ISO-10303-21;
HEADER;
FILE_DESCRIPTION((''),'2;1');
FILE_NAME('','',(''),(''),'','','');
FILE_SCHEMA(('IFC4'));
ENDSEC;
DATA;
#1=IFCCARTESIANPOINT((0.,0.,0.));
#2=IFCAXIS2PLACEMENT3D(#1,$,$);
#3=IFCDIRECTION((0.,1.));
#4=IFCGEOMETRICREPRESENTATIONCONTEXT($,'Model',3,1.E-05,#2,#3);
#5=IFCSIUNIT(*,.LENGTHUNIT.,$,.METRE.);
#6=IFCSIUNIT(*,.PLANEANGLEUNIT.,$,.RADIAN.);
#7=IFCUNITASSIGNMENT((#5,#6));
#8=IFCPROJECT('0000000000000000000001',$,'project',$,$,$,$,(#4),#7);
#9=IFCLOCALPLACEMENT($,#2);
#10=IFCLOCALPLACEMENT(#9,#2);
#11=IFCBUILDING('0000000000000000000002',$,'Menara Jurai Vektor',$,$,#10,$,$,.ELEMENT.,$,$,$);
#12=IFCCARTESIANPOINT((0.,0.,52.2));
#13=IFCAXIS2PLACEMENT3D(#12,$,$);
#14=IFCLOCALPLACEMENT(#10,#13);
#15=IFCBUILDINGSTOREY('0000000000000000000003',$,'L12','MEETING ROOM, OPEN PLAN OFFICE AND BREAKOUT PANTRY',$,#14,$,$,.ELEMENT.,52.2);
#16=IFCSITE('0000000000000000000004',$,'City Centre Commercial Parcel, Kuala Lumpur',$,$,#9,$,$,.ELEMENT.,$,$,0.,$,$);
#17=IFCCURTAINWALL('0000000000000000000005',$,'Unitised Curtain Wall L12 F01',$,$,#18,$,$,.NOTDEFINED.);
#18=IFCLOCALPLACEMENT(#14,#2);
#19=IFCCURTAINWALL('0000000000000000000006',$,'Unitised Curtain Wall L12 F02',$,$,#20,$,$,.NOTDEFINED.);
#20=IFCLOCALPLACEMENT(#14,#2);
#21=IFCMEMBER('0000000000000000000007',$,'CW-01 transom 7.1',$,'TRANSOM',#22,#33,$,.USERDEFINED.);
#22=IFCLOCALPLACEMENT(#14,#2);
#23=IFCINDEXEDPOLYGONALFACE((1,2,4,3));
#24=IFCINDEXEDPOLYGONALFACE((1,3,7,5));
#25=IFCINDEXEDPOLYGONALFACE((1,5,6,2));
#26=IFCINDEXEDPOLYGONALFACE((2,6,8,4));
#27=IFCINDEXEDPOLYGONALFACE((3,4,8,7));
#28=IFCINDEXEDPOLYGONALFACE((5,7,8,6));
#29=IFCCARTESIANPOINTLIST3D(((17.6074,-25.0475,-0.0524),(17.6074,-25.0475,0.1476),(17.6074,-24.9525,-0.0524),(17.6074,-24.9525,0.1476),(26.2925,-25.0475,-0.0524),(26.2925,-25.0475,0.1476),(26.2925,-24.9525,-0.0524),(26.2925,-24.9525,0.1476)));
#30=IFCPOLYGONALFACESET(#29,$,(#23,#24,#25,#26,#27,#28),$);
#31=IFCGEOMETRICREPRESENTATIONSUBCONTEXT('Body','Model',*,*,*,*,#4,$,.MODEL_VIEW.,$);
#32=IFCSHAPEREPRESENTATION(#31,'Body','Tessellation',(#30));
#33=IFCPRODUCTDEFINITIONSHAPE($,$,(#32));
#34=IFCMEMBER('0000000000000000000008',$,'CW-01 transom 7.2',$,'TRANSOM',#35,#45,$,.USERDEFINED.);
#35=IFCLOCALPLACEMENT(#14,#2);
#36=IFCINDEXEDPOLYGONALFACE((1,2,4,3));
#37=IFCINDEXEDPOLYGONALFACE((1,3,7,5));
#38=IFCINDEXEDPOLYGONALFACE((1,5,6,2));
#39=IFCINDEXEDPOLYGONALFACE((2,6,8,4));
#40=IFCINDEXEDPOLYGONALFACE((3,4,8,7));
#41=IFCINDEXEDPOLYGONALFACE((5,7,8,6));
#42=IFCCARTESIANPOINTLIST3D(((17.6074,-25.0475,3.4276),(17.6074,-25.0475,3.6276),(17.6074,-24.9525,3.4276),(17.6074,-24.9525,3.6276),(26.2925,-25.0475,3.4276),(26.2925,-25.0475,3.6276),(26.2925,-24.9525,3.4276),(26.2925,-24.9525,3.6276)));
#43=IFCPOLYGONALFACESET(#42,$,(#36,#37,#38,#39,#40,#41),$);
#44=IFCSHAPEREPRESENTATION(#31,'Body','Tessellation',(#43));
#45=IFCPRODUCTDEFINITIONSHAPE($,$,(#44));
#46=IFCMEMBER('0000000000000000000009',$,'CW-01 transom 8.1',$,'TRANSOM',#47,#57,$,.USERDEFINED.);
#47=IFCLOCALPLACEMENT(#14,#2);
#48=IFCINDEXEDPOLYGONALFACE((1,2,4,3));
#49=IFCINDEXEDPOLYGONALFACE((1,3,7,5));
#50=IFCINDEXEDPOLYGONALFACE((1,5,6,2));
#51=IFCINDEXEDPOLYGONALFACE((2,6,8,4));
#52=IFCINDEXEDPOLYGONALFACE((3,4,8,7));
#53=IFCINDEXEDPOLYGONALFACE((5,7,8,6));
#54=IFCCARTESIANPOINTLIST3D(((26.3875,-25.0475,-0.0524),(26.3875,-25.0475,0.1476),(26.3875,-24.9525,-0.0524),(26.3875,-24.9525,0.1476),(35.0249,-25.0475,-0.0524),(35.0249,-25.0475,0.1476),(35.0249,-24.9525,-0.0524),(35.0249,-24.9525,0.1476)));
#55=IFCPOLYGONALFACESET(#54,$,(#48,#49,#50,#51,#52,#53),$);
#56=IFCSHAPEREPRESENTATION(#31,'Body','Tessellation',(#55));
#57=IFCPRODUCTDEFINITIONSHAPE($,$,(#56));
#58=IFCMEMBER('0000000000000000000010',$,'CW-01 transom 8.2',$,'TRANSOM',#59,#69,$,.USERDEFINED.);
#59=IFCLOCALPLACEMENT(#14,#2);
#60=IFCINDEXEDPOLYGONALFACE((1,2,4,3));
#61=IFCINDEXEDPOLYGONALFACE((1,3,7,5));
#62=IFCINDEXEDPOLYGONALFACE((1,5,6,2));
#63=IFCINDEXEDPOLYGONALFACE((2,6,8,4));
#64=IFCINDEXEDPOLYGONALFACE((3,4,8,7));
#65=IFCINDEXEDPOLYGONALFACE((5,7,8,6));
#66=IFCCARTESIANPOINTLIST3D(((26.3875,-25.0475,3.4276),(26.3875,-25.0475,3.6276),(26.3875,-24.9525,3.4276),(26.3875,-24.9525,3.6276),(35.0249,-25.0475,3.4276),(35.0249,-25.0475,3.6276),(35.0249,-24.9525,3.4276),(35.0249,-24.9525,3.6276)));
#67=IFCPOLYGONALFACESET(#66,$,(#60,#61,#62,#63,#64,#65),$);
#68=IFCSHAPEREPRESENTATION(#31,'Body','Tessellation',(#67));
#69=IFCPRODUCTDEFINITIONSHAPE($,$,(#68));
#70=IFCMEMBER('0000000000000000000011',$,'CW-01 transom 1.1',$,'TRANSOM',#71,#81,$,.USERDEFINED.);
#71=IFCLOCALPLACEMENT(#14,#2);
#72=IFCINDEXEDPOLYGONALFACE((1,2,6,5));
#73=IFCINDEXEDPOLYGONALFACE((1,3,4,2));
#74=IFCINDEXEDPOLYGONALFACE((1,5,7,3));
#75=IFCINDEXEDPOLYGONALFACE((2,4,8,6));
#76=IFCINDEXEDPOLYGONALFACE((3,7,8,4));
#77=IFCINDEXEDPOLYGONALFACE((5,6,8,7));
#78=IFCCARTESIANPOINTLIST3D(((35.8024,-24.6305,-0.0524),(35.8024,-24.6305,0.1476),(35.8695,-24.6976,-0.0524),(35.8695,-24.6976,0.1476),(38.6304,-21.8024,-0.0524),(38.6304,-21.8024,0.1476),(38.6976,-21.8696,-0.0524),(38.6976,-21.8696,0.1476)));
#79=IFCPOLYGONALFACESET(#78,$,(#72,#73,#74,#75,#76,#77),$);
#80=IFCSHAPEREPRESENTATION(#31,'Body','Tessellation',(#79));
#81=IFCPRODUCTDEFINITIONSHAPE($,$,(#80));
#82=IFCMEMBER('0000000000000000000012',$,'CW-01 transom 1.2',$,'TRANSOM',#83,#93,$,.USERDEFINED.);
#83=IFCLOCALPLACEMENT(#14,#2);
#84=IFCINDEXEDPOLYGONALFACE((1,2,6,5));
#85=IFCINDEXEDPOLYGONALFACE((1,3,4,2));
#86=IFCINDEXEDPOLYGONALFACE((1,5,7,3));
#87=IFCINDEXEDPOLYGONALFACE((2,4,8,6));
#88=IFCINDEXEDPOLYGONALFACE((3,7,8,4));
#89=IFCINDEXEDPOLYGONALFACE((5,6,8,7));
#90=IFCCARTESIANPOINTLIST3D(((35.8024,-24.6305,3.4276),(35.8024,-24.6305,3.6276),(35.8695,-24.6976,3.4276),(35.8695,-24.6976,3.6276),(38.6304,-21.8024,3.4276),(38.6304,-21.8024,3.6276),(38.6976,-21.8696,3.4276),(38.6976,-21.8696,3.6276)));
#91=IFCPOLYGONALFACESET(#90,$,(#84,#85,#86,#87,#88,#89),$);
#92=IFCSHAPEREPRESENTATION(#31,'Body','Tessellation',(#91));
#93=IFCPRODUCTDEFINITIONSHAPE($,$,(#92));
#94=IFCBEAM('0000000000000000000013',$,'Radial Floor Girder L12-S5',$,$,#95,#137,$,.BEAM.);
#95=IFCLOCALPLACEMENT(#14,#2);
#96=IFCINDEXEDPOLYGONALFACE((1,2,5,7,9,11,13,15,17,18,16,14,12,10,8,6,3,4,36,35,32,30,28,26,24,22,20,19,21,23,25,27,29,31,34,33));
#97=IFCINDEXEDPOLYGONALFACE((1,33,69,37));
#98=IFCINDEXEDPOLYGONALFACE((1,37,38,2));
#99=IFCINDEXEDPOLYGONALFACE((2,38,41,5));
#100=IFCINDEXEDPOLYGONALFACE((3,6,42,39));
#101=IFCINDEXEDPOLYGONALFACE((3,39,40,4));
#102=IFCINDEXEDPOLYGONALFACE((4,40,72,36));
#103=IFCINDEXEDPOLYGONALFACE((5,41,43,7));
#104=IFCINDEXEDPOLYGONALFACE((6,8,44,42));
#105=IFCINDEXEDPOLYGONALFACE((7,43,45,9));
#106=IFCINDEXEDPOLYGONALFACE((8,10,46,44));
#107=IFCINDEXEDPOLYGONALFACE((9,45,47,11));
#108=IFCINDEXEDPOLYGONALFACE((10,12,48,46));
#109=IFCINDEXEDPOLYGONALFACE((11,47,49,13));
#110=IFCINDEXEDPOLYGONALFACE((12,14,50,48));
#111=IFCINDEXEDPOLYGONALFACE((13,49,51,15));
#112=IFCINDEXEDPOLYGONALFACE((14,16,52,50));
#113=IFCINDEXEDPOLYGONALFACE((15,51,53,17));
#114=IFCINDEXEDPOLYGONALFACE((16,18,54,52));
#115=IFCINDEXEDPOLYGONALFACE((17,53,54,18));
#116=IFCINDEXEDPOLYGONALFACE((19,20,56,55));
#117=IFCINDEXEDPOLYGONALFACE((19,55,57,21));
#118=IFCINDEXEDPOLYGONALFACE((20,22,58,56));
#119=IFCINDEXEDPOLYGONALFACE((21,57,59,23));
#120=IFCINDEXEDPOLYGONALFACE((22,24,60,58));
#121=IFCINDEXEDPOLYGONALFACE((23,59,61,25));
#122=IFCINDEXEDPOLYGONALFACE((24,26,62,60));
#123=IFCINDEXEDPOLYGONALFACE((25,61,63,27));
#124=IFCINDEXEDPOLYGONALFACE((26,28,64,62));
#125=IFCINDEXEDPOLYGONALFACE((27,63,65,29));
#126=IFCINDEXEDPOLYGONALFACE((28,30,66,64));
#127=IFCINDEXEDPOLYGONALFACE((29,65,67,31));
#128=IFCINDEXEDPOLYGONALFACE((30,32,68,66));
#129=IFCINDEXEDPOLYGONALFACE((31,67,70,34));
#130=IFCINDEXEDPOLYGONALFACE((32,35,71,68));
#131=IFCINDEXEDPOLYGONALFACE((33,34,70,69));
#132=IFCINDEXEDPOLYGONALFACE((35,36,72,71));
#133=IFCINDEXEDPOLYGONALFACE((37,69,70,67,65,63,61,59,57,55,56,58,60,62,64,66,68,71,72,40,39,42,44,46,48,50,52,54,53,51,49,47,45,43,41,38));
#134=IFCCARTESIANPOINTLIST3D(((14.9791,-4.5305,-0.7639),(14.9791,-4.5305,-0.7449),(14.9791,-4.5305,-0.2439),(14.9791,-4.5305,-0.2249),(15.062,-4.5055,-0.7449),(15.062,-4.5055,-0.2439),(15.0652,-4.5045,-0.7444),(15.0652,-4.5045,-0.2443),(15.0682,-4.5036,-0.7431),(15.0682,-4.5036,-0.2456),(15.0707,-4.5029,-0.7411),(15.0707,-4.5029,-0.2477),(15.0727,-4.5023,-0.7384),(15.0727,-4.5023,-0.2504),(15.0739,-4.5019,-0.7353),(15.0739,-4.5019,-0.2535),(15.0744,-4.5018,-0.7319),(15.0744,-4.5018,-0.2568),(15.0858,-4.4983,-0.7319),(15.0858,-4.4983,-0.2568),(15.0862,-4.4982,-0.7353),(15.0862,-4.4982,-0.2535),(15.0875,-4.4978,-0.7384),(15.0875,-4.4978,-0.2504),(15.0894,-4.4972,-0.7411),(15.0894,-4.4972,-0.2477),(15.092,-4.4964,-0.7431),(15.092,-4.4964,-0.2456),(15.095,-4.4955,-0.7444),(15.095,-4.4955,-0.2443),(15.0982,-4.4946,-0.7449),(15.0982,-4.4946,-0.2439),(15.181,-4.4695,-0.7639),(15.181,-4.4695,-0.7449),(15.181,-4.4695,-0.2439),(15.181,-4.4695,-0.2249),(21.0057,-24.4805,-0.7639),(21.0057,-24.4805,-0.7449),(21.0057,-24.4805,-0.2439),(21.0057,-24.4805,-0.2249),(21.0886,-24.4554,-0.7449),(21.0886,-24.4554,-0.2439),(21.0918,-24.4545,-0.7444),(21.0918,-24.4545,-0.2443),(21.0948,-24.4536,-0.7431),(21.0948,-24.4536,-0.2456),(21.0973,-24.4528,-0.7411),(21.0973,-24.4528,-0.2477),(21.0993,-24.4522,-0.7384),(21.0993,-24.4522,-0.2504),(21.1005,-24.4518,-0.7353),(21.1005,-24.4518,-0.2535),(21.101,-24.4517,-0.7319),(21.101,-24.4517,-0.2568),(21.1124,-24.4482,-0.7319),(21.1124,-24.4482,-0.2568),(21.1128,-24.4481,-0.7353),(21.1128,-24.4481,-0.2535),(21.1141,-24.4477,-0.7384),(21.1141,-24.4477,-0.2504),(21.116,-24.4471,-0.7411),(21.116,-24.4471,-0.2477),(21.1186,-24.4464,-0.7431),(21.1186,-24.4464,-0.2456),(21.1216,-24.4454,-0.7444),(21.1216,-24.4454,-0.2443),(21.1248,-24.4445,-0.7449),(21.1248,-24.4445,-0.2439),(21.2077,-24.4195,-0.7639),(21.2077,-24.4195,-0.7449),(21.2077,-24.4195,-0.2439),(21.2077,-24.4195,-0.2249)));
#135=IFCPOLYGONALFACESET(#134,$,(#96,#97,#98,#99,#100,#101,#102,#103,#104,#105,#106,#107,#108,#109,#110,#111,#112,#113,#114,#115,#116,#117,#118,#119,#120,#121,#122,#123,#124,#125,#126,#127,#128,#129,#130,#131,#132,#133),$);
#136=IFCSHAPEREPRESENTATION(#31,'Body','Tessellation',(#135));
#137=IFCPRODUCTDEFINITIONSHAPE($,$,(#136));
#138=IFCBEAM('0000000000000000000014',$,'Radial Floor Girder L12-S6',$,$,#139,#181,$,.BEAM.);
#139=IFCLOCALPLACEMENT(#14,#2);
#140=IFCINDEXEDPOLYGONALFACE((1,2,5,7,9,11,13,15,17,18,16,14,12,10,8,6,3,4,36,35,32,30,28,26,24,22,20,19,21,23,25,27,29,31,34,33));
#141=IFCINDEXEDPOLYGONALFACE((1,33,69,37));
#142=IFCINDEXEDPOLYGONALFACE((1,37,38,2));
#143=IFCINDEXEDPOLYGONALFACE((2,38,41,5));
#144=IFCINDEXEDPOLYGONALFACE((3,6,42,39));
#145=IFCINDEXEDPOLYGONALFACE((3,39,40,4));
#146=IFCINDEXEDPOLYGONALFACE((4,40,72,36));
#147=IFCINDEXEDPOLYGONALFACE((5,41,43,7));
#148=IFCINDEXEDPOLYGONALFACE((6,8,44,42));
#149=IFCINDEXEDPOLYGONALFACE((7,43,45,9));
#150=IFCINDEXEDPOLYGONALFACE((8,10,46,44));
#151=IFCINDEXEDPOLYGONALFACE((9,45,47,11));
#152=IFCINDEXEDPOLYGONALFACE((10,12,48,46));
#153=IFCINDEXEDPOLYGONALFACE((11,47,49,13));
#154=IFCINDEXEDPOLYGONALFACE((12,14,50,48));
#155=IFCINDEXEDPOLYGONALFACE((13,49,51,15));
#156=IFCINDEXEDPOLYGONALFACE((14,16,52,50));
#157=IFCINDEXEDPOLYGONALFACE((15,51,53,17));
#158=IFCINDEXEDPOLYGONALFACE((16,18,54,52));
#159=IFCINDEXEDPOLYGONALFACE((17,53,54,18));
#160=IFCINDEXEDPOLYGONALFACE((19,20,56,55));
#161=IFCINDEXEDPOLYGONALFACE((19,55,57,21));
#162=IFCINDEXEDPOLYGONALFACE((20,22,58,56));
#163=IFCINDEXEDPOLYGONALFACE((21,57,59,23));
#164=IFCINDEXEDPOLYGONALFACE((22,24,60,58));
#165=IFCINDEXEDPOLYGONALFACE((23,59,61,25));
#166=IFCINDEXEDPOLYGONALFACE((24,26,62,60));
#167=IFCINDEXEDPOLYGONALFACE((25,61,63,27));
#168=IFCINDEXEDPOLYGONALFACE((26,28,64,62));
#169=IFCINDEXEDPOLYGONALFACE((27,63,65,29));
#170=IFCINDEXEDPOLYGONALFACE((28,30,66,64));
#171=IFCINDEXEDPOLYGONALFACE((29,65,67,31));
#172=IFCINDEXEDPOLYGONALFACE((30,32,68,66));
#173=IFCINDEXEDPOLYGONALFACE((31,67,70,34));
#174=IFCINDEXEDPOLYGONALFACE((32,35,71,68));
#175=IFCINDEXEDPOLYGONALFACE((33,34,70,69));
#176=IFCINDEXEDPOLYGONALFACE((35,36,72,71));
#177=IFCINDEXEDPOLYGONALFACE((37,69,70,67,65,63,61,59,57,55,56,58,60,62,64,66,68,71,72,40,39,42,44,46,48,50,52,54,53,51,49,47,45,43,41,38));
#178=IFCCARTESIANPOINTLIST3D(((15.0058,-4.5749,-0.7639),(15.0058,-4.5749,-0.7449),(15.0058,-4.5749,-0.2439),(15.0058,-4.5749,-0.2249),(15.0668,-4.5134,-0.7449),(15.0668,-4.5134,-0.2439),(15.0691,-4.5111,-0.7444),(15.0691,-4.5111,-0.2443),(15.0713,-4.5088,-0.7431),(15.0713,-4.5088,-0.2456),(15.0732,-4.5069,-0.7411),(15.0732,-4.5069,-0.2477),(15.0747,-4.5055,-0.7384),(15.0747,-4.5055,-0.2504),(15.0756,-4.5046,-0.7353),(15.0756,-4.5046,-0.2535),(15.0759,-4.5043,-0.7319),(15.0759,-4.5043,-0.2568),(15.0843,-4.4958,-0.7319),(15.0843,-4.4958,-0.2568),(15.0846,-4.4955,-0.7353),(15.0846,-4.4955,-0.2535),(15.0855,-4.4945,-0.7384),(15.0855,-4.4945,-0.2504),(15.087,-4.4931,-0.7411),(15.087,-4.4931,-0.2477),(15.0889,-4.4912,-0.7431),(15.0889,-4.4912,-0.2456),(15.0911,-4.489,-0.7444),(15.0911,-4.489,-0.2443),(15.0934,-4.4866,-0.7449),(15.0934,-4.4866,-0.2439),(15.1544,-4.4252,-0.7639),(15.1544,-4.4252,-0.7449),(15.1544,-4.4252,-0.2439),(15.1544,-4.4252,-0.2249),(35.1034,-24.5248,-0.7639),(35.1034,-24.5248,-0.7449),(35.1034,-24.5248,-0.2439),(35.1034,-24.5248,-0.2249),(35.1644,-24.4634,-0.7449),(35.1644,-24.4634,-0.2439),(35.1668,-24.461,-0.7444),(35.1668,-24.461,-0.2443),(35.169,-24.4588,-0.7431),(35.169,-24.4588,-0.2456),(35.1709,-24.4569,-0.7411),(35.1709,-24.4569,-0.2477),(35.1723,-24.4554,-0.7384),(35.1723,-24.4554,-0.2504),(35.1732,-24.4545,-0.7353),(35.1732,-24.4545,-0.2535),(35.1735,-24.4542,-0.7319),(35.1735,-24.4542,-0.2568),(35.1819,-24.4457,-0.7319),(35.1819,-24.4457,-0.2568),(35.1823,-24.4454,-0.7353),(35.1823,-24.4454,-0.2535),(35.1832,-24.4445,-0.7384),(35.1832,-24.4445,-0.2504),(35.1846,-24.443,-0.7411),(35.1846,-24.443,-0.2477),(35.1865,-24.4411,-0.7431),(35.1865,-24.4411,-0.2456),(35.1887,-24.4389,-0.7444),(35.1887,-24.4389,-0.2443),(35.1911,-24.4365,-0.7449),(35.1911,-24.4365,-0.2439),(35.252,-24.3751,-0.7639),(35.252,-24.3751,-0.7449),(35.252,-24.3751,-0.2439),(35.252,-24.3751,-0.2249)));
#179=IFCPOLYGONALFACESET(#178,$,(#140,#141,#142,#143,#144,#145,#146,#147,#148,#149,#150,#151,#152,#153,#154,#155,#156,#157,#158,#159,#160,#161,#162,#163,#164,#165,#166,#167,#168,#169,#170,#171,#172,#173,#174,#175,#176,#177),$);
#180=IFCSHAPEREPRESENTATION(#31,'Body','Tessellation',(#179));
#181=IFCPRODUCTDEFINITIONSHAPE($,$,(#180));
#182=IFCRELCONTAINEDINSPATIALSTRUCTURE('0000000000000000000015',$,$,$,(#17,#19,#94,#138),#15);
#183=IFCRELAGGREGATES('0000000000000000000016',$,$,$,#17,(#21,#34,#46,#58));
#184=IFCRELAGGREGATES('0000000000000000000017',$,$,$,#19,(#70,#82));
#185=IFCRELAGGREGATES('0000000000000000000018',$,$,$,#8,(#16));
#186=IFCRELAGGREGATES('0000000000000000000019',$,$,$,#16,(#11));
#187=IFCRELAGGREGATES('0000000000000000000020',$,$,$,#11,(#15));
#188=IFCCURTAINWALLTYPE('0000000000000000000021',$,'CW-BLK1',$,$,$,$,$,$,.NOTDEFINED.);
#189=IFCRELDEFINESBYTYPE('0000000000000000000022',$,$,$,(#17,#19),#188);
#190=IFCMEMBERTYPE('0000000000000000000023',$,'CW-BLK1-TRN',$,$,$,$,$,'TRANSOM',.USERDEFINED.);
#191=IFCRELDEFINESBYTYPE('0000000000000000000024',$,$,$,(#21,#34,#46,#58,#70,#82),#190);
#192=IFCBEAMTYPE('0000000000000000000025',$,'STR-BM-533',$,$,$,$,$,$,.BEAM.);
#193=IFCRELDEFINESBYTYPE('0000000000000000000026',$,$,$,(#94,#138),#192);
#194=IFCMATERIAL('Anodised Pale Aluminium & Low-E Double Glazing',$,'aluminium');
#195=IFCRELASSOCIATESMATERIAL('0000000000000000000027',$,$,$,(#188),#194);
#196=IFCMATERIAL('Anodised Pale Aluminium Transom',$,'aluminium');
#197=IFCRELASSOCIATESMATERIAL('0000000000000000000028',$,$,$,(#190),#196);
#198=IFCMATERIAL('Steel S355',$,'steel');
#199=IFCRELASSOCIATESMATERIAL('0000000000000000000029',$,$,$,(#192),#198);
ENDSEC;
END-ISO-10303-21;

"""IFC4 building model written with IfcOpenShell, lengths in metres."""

from ifc_helpers import new_model, si_unit, direction, frame, origin, origin_2d, place, context, subcontext, project, spatial, rectangle, i_section, extrude, material, material_profile, profile_set, type_object, element, aggregate, save


model = new_model("IFC4")

# Units and contexts
model_context = context("Model", 3, precision=1e-05, world=origin(), true_north=direction((0.0, 1.0)))
body_context = subcontext(model_context, "Body", "Model", "MODEL_VIEW")
ifc_project = project(units=[si_unit("LENGTHUNIT", "METRE"), si_unit("PLANEANGLEUNIT", "RADIAN")], contexts=[model_context])

# Site, building, storey
site_placement = place(None, origin())
site = spatial("IfcSite", under=ifc_project, at=site_placement, Name="City Centre Commercial Parcel, Kuala Lumpur", CompositionType="ELEMENT", RefElevation=0.0)
building_placement = place(site_placement, origin())
building = spatial("IfcBuilding", under=site, at=building_placement, Name="Menara Jurai Vektor", CompositionType="ELEMENT")
storey_placement = place(building_placement, frame((0.0, 0.0, 52.2)))
storey = spatial("IfcBuildingStorey", under=building, at=storey_placement, Name="L12", Description="MEETING ROOM, OPEN PLAN OFFICE AND BREAKOUT PANTRY", CompositionType="ELEMENT", Elevation=52.2)

# Curtain walls
ifc_material_1 = material(Name="Anodised Pale Aluminium & Low-E Double Glazing", Category="aluminium")
curtain_wall_type = type_object("IfcCurtainWallType", Name="CW-BLK1", PredefinedType="NOTDEFINED", material=ifc_material_1)
curtain_wall_1_placement = place(storey_placement, origin())
curtain_wall_1 = element("IfcCurtainWall", 1, at=curtain_wall_1_placement, inside=storey, type_object=curtain_wall_type, Name="Unitised Curtain Wall L12 F01", PredefinedType="NOTDEFINED")
curtain_wall_2_placement = place(storey_placement, origin())
curtain_wall_2 = element("IfcCurtainWall", 2, at=curtain_wall_2_placement, inside=storey, type_object=curtain_wall_type, Name="Unitised Curtain Wall L12 F02", PredefinedType="NOTDEFINED")

# Members
ifc_material_2 = material(Name="Anodised Pale Aluminium Transom", Category="aluminium")
ifc_material_profile_1 = material_profile(ifc_material_2, rectangle(XDim=0.095, YDim=0.2, at=origin_2d()), Name="ALU TRN 95x200")
ifc_profile_set_1 = profile_set([ifc_material_profile_1], Name="Anodised Pale Aluminium Transom")
member_type_1 = type_object("IfcMemberType", Name="CW-BLK1-TRN", ElementType="TRANSOM", PredefinedType="USERDEFINED", material=ifc_profile_set_1)
member_1_placement = place(storey_placement, frame((17.6074, -25.0, 0.0476), z_axis=(1.0, 0.0, 0.0), x_axis=(0.0, 1.0, 0.0)))
member_1 = element("IfcMember", 3, at=member_1_placement, type_object=member_type_1, Name="CW-01 transom 7.1", ObjectType="TRANSOM", PredefinedType="USERDEFINED", context=body_context, shape_type="SweptSolid", body=[
    extrude(rectangle(XDim=0.095, YDim=0.2, at=origin_2d()), origin(), (0.0, 0.0, 1.0), 8.6851),
])
member_2_placement = place(storey_placement, frame((17.6074, -25.0, 3.5276), z_axis=(1.0, 0.0, 0.0), x_axis=(0.0, 1.0, 0.0)))
member_2 = element("IfcMember", 4, at=member_2_placement, type_object=member_type_1, Name="CW-01 transom 7.2", ObjectType="TRANSOM", PredefinedType="USERDEFINED", context=body_context, shape_type="SweptSolid", body=[
    extrude(rectangle(XDim=0.095, YDim=0.2, at=origin_2d()), origin(), (0.0, 0.0, 1.0), 8.6851),
])
member_3_placement = place(storey_placement, frame((26.3875, -25.0, 0.0476), z_axis=(1.0, 0.0, 0.0), x_axis=(0.0, 1.0, 0.0)))
member_3 = element("IfcMember", 5, at=member_3_placement, type_object=member_type_1, Name="CW-01 transom 8.1", ObjectType="TRANSOM", PredefinedType="USERDEFINED", context=body_context, shape_type="SweptSolid", body=[
    extrude(rectangle(XDim=0.095, YDim=0.2, at=origin_2d()), origin(), (0.0, 0.0, 1.0), 8.6375),
])
member_4_placement = place(storey_placement, frame((26.3875, -25.0, 3.5276), z_axis=(1.0, 0.0, 0.0), x_axis=(0.0, 1.0, 0.0)))
member_4 = element("IfcMember", 6, at=member_4_placement, type_object=member_type_1, Name="CW-01 transom 8.2", ObjectType="TRANSOM", PredefinedType="USERDEFINED", context=body_context, shape_type="SweptSolid", body=[
    extrude(rectangle(XDim=0.095, YDim=0.2, at=origin_2d()), origin(), (0.0, 0.0, 1.0), 8.6375),
])
member_5_placement = place(storey_placement, frame((35.8359, -24.6641, 0.0476), z_axis=(0.707107, 0.707107, 0.0), x_axis=(-0.707107, 0.707107, 0.0)))
member_5 = element("IfcMember", 7, at=member_5_placement, type_object=member_type_1, Name="CW-01 transom 1.1", ObjectType="TRANSOM", PredefinedType="USERDEFINED", context=body_context, shape_type="SweptSolid", body=[
    extrude(rectangle(XDim=0.095, YDim=0.2, at=origin_2d()), origin(), (0.0, 0.0, 1.0), 3.9995),
])
member_6_placement = place(storey_placement, frame((35.8359, -24.6641, 3.5276), z_axis=(0.707107, 0.707107, 0.0), x_axis=(-0.707107, 0.707107, 0.0)))
member_6 = element("IfcMember", 8, at=member_6_placement, type_object=member_type_1, Name="CW-01 transom 1.2", ObjectType="TRANSOM", PredefinedType="USERDEFINED", context=body_context, shape_type="SweptSolid", body=[
    extrude(rectangle(XDim=0.095, YDim=0.2, at=origin_2d()), origin(), (0.0, 0.0, 1.0), 3.9995),
])

# Beams
ifc_material_3 = material(Name="Steel S355", Category="steel")
ifc_material_profile_2 = material_profile(ifc_material_3, i_section(OverallWidth=0.2109, OverallDepth=0.5391, WebThickness=0.012, FlangeThickness=0.019, FilletRadius=0.0129, at=origin_2d()), Name="UKB 533x210x109")
ifc_profile_set_2 = profile_set([ifc_material_profile_2], Name="Steel S355")
beam_type_1 = type_object("IfcBeamType", Name="STR-BM-533", PredefinedType="BEAM", material=ifc_profile_set_2)
beam_1_placement = place(storey_placement, frame((21.1067, -24.45, -0.4944), z_axis=(-0.28918, 0.957275, 0.0), x_axis=(-0.957275, -0.28918, 0.0)))
element("IfcBeam", 9, at=beam_1_placement, inside=storey, type_object=beam_type_1, Name="Radial Floor Girder L12-S5", PredefinedType="BEAM", context=body_context, shape_type="SweptSolid", body=[
    extrude(i_section(OverallWidth=0.2109, OverallDepth=0.5391, WebThickness=0.012, FlangeThickness=0.019, FilletRadius=0.0129, at=origin_2d()), origin(), (0.0, 0.0, 1.0), 20.8403),
])
beam_2_placement = place(storey_placement, frame((35.1777, -24.45, -0.4944), z_axis=(-0.70971, 0.704494, 0.0), x_axis=(-0.704494, -0.70971, 0.0)))
element("IfcBeam", 10, at=beam_2_placement, inside=storey, type_object=beam_type_1, Name="Radial Floor Girder L12-S6", PredefinedType="BEAM", context=body_context, shape_type="SweptSolid", body=[
    extrude(i_section(OverallWidth=0.2109, OverallDepth=0.5391, WebThickness=0.012, FlangeThickness=0.019, FilletRadius=0.0129, at=origin_2d()), origin(), (0.0, 0.0, 1.0), 28.3181),
])

aggregate(curtain_wall_1, [member_1, member_2, member_3, member_4])
aggregate(curtain_wall_2, [member_5, member_6])

save(model, "model.ifc")
